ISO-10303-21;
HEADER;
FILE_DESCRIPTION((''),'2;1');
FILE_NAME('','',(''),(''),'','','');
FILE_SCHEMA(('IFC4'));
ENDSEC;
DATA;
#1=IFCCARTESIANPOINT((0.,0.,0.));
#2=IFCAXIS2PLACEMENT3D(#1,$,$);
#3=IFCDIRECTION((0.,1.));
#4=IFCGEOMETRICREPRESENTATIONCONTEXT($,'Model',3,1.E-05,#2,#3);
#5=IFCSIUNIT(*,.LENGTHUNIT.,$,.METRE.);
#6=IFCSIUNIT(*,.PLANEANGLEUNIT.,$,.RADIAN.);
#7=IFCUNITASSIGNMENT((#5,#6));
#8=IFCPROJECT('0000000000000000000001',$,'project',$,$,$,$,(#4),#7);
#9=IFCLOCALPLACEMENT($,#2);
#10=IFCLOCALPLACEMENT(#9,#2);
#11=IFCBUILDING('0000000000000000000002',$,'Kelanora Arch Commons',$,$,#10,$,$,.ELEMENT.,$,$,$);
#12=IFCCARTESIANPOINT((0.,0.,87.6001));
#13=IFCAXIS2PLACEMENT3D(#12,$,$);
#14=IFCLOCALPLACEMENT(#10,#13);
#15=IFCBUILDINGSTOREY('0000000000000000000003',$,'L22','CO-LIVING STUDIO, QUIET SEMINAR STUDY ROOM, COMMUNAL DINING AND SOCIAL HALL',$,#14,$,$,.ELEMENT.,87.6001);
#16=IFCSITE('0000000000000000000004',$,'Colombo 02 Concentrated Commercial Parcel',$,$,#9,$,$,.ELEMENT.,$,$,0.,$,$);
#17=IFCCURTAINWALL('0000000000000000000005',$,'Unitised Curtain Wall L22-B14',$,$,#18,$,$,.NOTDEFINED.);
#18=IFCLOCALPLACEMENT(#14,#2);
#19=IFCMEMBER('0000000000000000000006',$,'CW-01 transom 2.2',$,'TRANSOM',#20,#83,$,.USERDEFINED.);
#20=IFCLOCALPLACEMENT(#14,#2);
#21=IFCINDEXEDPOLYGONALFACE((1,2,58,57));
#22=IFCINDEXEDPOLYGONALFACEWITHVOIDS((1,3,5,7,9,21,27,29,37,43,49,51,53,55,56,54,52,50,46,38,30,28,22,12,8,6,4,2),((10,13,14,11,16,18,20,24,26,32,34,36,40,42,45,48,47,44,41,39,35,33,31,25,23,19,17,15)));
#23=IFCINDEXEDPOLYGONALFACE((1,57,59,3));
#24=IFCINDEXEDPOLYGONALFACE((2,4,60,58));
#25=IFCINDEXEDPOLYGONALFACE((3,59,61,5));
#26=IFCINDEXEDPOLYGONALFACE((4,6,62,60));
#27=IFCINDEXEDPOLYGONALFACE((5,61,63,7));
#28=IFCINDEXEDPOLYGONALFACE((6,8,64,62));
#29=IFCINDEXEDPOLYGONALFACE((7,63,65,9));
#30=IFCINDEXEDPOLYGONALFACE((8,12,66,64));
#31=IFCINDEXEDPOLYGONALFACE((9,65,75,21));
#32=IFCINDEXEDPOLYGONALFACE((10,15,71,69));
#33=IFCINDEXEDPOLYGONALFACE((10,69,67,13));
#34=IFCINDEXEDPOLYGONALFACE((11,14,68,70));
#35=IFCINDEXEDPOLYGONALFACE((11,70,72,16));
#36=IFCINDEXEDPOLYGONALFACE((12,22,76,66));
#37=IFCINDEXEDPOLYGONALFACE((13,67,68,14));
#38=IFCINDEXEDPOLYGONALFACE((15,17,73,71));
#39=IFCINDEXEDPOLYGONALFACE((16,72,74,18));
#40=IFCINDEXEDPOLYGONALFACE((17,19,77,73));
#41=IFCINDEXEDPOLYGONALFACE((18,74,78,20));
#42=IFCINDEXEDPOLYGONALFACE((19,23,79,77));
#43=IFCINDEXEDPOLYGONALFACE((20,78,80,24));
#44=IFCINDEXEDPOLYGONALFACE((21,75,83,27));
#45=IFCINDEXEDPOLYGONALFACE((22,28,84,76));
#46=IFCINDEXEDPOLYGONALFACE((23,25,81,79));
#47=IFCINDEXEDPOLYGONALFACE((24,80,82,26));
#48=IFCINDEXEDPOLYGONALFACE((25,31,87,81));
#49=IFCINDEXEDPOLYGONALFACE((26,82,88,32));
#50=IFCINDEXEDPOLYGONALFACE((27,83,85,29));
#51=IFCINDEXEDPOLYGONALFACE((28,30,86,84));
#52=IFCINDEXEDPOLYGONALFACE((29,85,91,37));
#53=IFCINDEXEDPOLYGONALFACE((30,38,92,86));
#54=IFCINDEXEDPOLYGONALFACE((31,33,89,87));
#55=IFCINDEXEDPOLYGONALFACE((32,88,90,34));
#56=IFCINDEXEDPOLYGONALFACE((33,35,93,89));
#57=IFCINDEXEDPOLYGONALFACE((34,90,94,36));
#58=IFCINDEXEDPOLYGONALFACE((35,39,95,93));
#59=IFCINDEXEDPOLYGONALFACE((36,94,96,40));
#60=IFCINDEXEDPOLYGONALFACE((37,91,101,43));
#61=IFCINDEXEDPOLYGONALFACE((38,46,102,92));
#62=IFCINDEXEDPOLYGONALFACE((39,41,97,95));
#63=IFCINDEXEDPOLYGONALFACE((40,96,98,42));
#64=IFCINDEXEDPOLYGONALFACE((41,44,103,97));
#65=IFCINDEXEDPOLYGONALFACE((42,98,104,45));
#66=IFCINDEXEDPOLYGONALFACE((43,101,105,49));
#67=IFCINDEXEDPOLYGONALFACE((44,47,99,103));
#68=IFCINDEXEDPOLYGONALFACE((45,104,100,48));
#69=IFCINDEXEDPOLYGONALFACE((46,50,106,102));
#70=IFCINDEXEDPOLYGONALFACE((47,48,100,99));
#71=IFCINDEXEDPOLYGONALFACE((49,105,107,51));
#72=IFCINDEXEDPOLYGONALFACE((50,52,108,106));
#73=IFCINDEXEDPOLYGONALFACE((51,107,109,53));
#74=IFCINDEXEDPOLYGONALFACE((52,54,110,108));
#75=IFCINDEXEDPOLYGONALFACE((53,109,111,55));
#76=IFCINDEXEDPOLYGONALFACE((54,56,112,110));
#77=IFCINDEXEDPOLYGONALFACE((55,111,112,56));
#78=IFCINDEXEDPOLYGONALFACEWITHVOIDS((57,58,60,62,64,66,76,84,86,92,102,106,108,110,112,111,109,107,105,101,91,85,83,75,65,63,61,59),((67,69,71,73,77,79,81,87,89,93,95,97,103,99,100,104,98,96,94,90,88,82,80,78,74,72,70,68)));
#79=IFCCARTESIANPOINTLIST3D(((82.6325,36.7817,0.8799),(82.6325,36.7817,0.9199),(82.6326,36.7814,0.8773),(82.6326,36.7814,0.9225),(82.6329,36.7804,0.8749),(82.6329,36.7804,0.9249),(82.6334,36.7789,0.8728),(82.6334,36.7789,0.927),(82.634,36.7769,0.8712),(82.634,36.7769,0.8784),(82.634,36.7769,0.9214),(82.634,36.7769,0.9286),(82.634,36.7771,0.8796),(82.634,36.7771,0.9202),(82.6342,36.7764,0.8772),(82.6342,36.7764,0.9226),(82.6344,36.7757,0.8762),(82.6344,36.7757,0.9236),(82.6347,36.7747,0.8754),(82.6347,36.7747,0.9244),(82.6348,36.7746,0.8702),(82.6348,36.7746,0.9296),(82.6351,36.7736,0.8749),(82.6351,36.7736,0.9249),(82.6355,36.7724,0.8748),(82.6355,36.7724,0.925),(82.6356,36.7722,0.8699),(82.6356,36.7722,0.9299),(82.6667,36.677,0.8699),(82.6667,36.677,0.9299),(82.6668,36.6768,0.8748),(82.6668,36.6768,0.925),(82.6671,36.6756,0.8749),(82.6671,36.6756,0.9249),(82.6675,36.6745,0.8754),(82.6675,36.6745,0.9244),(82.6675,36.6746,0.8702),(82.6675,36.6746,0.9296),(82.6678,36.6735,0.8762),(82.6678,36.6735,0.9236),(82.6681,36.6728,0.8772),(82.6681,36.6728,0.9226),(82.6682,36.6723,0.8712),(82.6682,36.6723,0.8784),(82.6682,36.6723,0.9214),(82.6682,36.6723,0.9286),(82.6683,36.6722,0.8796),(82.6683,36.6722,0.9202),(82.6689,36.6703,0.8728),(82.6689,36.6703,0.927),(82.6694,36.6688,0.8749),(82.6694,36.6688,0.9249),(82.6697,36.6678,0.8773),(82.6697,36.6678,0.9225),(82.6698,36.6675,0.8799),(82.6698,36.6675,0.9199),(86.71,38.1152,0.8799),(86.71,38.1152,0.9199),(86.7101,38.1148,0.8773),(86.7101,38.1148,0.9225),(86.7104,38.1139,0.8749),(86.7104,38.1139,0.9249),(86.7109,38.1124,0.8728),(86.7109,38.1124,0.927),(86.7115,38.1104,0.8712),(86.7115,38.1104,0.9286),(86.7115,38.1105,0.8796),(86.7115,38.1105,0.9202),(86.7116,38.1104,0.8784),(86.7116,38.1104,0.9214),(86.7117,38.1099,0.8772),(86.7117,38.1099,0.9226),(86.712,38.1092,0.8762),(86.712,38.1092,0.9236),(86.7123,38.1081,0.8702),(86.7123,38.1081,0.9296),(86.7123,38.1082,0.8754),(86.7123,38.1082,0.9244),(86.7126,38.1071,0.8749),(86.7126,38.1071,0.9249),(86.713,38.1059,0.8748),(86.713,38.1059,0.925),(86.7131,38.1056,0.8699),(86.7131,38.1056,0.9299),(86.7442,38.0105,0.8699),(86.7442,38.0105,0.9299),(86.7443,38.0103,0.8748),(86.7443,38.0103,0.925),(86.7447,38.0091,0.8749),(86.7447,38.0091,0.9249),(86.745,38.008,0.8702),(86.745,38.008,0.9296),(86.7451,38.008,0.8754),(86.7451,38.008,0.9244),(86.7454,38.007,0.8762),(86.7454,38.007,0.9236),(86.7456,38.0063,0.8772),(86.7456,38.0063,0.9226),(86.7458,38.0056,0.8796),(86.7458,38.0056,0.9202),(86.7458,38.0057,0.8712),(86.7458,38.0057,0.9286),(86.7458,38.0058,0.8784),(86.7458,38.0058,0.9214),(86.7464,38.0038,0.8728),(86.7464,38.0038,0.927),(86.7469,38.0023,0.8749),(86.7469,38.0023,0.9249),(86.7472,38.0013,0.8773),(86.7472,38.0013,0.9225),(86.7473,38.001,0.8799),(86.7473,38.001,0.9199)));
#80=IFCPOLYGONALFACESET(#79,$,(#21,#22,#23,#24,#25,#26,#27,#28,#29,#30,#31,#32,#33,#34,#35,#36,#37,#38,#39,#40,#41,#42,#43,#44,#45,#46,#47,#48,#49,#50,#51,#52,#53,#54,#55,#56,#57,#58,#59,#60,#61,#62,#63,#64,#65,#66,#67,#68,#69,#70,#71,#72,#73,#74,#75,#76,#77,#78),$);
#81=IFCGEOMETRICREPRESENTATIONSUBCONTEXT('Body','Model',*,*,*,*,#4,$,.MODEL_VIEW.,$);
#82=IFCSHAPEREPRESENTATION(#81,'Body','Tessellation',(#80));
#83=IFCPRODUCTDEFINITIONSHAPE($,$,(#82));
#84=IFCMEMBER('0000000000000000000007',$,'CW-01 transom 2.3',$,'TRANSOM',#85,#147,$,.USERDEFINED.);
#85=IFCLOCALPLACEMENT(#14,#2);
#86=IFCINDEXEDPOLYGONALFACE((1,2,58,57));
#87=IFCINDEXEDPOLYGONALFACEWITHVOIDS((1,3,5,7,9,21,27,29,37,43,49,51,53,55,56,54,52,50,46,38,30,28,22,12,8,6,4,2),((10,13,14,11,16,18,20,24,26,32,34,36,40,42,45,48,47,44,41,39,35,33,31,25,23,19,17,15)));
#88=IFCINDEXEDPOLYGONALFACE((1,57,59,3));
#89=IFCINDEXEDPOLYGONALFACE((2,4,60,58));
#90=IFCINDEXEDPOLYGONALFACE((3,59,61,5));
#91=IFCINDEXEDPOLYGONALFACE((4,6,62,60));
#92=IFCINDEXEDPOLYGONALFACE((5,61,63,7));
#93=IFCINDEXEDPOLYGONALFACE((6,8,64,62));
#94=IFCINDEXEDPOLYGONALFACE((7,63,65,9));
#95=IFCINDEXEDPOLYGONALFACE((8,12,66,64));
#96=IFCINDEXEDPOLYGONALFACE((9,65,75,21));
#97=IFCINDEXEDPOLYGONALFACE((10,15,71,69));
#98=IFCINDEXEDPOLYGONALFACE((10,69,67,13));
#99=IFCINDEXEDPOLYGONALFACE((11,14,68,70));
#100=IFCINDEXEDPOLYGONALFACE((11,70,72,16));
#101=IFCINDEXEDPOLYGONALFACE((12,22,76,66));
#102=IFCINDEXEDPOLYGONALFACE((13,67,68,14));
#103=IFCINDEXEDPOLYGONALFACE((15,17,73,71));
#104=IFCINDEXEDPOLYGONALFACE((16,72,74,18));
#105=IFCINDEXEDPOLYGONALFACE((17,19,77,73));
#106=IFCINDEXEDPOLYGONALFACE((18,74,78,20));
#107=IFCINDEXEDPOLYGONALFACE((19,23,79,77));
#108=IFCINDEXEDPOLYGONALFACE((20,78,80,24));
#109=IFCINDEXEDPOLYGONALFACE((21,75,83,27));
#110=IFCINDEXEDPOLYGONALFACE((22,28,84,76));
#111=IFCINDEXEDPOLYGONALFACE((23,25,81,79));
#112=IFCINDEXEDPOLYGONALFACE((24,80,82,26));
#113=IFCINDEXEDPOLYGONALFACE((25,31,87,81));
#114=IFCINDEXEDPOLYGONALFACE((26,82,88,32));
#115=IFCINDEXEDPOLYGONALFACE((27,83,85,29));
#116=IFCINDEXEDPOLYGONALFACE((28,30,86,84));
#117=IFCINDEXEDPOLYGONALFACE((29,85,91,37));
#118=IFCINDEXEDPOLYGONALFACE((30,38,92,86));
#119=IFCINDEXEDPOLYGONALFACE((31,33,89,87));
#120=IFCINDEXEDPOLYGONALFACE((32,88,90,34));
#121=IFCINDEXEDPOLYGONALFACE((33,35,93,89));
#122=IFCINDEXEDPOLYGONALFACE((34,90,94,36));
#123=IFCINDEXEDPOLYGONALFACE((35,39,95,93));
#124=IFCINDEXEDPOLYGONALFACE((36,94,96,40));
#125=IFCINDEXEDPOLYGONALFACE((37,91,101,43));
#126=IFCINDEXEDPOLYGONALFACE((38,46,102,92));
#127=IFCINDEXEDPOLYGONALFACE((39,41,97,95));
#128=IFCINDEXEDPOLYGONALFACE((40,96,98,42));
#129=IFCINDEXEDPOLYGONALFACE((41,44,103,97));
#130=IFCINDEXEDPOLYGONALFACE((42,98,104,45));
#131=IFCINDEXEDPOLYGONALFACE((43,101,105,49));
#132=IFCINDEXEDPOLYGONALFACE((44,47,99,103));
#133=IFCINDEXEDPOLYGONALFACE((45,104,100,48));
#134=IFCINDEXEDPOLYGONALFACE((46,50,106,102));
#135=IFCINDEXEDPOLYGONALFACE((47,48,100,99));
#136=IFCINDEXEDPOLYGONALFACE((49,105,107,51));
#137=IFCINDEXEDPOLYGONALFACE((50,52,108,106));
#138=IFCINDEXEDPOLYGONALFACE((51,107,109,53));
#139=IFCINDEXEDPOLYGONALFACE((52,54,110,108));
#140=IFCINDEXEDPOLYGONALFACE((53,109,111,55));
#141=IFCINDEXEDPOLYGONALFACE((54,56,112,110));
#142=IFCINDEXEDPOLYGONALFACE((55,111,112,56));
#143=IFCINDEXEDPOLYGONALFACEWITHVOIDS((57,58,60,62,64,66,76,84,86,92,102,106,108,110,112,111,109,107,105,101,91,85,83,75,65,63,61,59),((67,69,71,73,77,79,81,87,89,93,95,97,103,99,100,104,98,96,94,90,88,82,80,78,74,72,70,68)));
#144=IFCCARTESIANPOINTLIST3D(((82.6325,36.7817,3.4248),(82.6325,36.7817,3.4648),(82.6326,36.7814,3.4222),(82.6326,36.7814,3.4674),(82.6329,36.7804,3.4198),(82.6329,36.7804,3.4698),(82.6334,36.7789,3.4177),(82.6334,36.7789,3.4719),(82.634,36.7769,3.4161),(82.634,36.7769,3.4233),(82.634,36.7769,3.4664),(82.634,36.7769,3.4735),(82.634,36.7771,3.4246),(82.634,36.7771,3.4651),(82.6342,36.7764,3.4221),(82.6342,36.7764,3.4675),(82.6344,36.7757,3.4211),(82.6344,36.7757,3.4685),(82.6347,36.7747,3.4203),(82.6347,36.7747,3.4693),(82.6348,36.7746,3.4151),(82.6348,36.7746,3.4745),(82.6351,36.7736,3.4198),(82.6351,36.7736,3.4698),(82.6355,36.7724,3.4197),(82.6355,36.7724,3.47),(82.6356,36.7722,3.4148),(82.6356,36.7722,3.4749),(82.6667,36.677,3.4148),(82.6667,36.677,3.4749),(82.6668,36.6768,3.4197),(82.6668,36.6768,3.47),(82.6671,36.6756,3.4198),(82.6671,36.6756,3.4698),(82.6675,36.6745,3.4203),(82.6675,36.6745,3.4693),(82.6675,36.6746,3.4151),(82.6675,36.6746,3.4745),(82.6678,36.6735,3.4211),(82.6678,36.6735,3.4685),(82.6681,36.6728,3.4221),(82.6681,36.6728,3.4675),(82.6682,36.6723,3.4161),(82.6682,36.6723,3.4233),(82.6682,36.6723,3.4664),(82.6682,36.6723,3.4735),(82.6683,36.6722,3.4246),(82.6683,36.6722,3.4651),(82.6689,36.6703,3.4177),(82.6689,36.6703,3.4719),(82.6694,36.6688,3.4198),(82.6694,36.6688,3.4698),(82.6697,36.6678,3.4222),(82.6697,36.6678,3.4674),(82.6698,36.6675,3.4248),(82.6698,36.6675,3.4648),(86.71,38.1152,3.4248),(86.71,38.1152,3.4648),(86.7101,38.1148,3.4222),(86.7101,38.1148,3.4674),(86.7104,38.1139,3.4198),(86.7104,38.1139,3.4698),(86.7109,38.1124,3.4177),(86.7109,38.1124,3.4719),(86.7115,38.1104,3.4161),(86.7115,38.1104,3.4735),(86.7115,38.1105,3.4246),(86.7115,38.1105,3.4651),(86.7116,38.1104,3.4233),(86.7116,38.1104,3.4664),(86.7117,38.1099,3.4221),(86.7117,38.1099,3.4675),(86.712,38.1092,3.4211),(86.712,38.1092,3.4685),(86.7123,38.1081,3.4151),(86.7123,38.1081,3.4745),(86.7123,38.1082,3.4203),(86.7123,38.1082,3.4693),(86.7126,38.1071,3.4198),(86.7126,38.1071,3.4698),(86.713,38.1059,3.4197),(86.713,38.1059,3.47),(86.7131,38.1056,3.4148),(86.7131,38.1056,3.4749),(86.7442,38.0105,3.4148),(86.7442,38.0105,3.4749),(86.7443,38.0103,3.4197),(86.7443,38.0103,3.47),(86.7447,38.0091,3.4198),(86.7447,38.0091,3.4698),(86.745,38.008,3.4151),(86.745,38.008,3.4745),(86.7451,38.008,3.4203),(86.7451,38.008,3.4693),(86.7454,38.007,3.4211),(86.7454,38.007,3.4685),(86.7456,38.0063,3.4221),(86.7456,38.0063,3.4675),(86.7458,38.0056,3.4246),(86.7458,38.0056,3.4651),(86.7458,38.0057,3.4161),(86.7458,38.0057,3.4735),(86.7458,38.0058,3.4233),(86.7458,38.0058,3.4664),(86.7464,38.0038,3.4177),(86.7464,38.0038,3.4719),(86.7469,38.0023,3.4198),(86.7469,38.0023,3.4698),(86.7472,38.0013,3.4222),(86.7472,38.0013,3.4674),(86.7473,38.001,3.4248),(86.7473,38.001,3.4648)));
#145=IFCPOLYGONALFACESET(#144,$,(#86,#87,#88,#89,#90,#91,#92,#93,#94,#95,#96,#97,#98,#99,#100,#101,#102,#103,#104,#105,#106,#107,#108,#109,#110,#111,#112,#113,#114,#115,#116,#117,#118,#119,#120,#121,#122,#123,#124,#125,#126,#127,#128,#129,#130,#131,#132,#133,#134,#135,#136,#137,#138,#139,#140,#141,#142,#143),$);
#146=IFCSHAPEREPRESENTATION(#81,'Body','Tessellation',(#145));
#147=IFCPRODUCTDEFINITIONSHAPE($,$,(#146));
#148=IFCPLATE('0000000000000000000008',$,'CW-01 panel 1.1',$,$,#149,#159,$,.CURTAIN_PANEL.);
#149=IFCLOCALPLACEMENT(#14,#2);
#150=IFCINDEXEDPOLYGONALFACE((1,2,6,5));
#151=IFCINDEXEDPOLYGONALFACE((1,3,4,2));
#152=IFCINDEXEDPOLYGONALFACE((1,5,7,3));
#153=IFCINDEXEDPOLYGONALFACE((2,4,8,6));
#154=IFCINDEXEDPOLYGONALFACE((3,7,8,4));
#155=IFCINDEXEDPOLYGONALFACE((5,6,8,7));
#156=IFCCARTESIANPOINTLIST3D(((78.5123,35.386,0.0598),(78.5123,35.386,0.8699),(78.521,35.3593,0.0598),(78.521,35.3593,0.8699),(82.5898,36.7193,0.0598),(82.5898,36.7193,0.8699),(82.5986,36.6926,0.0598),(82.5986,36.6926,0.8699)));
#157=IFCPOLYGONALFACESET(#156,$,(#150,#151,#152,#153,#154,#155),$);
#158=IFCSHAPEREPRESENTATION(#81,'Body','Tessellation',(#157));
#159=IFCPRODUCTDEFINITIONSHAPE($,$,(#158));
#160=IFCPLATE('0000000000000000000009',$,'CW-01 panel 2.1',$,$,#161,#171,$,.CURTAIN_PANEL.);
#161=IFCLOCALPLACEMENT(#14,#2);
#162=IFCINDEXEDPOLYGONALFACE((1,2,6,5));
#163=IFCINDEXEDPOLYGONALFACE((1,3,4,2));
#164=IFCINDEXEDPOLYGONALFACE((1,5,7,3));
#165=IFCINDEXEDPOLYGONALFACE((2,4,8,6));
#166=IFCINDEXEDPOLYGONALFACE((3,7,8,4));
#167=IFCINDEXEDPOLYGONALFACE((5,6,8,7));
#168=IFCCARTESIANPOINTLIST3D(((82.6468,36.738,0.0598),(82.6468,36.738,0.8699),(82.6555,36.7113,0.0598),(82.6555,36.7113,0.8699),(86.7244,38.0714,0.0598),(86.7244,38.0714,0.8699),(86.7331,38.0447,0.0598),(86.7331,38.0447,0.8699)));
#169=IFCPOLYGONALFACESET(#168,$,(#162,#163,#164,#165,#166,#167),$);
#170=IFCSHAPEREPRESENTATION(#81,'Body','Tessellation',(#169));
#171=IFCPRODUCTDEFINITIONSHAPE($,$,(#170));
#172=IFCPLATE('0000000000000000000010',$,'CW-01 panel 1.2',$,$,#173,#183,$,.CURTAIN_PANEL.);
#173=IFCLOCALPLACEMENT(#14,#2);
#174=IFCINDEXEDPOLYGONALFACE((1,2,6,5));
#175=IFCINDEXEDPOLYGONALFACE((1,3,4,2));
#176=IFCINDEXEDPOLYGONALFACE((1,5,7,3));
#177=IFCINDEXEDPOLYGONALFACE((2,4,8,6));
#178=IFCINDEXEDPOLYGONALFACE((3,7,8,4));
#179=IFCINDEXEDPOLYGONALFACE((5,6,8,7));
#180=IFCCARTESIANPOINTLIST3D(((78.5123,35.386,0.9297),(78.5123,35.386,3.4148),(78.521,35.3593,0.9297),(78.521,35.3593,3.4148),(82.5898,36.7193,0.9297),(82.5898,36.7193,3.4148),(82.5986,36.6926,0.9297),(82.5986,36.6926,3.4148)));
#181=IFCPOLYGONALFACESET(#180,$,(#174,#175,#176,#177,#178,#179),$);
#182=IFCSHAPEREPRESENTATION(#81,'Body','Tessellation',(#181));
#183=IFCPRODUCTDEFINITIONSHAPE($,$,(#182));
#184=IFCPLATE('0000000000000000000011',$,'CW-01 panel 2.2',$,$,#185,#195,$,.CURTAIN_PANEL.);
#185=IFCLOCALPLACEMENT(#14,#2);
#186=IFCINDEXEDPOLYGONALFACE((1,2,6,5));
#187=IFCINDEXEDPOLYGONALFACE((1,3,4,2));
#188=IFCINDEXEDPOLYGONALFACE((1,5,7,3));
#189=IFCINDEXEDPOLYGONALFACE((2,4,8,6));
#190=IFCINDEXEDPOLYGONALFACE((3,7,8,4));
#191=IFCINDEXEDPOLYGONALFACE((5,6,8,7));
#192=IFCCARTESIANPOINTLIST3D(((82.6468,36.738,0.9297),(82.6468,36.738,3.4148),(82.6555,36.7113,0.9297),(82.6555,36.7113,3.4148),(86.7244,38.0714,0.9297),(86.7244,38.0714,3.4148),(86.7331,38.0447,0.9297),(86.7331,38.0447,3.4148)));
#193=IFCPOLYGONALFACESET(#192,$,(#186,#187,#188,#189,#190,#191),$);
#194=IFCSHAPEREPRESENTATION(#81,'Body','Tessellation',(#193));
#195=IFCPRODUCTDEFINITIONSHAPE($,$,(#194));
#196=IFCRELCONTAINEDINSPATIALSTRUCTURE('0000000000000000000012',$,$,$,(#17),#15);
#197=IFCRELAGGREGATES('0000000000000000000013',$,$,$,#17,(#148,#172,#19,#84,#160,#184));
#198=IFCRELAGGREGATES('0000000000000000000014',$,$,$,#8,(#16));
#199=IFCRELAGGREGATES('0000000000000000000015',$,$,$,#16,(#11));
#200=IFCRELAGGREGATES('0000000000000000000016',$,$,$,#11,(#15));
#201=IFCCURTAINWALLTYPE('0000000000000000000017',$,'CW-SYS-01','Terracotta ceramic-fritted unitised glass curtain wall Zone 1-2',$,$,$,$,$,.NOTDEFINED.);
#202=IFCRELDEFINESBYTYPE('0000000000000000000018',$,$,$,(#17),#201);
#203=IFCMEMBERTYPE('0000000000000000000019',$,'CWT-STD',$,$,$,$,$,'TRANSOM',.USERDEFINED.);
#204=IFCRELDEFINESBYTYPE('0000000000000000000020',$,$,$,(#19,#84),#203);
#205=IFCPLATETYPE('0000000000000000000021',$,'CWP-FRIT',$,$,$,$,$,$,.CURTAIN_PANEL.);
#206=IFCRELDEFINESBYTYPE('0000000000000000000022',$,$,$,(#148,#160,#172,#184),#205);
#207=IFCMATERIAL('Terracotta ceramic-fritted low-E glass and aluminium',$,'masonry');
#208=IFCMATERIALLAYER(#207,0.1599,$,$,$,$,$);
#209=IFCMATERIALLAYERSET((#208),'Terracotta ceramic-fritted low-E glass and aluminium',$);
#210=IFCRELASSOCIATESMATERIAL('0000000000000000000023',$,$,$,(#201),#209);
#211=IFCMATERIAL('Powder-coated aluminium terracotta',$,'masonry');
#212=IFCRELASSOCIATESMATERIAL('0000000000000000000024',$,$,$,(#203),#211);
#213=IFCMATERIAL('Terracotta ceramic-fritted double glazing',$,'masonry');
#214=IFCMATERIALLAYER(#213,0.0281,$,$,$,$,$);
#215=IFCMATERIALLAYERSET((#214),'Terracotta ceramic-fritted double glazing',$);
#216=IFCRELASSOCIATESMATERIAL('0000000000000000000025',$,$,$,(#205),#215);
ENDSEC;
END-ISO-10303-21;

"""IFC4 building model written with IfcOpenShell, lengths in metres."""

from ifc_helpers import new_model, si_unit, direction, frame, origin, origin_2d, place, context, subcontext, project, spatial, rectangle, hollow_rectangle, extrude, source, transform, mapped, material, layer, layer_set, material_profile, profile_set, type_object, element, aggregate, save


model = new_model("IFC4")

# Units and contexts
model_context = context("Model", 3, precision=1e-05, world=origin(), true_north=direction((0.0, 1.0)))
body_context = subcontext(model_context, "Body", "Model", "MODEL_VIEW")
ifc_project = project(units=[si_unit("LENGTHUNIT", "METRE"), si_unit("PLANEANGLEUNIT", "RADIAN")], contexts=[model_context])

# Site, building, storey
site_placement = place(None, origin())
site = spatial("IfcSite", under=ifc_project, at=site_placement, Name="Colombo 02 Concentrated Commercial Parcel", CompositionType="ELEMENT", RefElevation=0.0)
building_placement = place(site_placement, origin())
building = spatial("IfcBuilding", under=site, at=building_placement, Name="Kelanora Arch Commons", CompositionType="ELEMENT")
storey_placement = place(building_placement, frame((0.0, 0.0, 87.6001)))
storey = spatial("IfcBuildingStorey", under=building, at=storey_placement, Name="L22", Description="CO-LIVING STUDIO, QUIET SEMINAR STUDY ROOM, COMMUNAL DINING AND SOCIAL HALL", CompositionType="ELEMENT", Elevation=87.6001)

# Curtain wall, members, plates
ifc_material_1 = material(Name="Terracotta ceramic-fritted low-E glass and aluminium", Category="masonry")
ifc_layer_1 = layer(ifc_material_1, 0.1599)
ifc_layer_set_1 = layer_set([ifc_layer_1], Name="Terracotta ceramic-fritted low-E glass and aluminium")
curtain_wall_type = type_object("IfcCurtainWallType", Name="CW-SYS-01", Description="Terracotta ceramic-fritted unitised glass curtain wall Zone 1-2", PredefinedType="NOTDEFINED", material=ifc_layer_set_1)
curtain_wall_placement = place(storey_placement, origin())
curtain_wall = element("IfcCurtainWall", 1, at=curtain_wall_placement, inside=storey, type_object=curtain_wall_type, Name="Unitised Curtain Wall L22-B14", PredefinedType="NOTDEFINED")
ifc_material_2 = material(Name="Powder-coated aluminium terracotta", Category="masonry")
ifc_material_profile_1 = material_profile(ifc_material_2, hollow_rectangle(XDim=0.1201, YDim=0.0601, WallThickness=0.0049, InnerFilletRadius=0.0049, OuterFilletRadius=0.01, at=origin_2d()), Name="CWT120x60")
ifc_profile_set_1 = profile_set([ifc_material_profile_1], Name="Powder-coated aluminium terracotta")
member_type_1 = type_object("IfcMemberType", Name="CWT-STD", ElementType="TRANSOM", PredefinedType="USERDEFINED", material=ifc_profile_set_1)
member_1_placement = place(storey_placement, frame((82.6511, 36.7246, 0.8999), z_axis=(0.950466, 0.310828, 0.0), x_axis=(-0.310828, 0.950466, 0.0)))
member_1 = element("IfcMember", 2, at=member_1_placement, type_object=member_type_1, Name="CW-01 transom 2.2", ObjectType="TRANSOM", PredefinedType="USERDEFINED", context=body_context, shape_type="SweptSolid", body=[
    extrude(hollow_rectangle(XDim=0.1201, YDim=0.0601, WallThickness=0.0049, InnerFilletRadius=0.0049, OuterFilletRadius=0.01, at=origin_2d()), origin(), (0.0, 0.0, 1.0), 4.29),
])
member_2_placement = place(storey_placement, frame((82.6511, 36.7246, 3.4448), z_axis=(0.950466, 0.310828, 0.0), x_axis=(-0.310828, 0.950466, 0.0)))
member_2 = element("IfcMember", 3, at=member_2_placement, type_object=member_type_1, Name="CW-01 transom 2.3", ObjectType="TRANSOM", PredefinedType="USERDEFINED", context=body_context, shape_type="SweptSolid", body=[
    extrude(hollow_rectangle(XDim=0.1201, YDim=0.0601, WallThickness=0.0049, InnerFilletRadius=0.0049, OuterFilletRadius=0.01, at=origin_2d()), origin(), (0.0, 0.0, 1.0), 4.29),
])
ifc_material_3 = material(Name="Terracotta ceramic-fritted double glazing", Category="masonry")
ifc_layer_2 = layer(ifc_material_3, 0.0281)
ifc_layer_set_2 = layer_set([ifc_layer_2], Name="Terracotta ceramic-fritted double glazing")
plate_type = type_object("IfcPlateType", Name="CWP-FRIT", PredefinedType="CURTAIN_PANEL", material=ifc_layer_set_2)
shared_shape_1 = source(origin(), body_context, "Body", "SweptSolid", [
    extrude(rectangle(XDim=4.29, YDim=0.0281, at=origin_2d()), origin(), (0.0, 0.0, 1.0), 0.8101),
])
plate_1_placement = place(storey_placement, frame((80.5554, 36.0393, 0.0598), z_axis=(0.0, 0.0, 1.0), x_axis=(0.950474, 0.310805, 0.0)))
plate_1 = element("IfcPlate", 4, at=plate_1_placement, type_object=plate_type, Name="CW-01 panel 1.1", PredefinedType="CURTAIN_PANEL", context=body_context, shape_type="MappedRepresentation", body=[
    mapped(shared_shape_1, transform((0.0, 0.0, 0.0), scale=1.0)),
])
plate_2_placement = place(storey_placement, frame((84.6899, 37.3914, 0.0598), z_axis=(0.0, 0.0, 1.0), x_axis=(0.950474, 0.310805, 0.0)))
plate_2 = element("IfcPlate", 5, at=plate_2_placement, type_object=plate_type, Name="CW-01 panel 2.1", PredefinedType="CURTAIN_PANEL", context=body_context, shape_type="MappedRepresentation", body=[
    mapped(shared_shape_1, transform((0.0, 0.0, 0.0), scale=1.0)),
])
shared_shape_2 = source(origin(), body_context, "Body", "SweptSolid", [
    extrude(rectangle(XDim=4.29, YDim=0.0281, at=origin_2d()), origin(), (0.0, 0.0, 1.0), 2.4851),
])
plate_3_placement = place(storey_placement, frame((80.5554, 36.0393, 0.9297), z_axis=(0.0, 0.0, 1.0), x_axis=(0.950474, 0.310805, 0.0)))
plate_3 = element("IfcPlate", 6, at=plate_3_placement, type_object=plate_type, Name="CW-01 panel 1.2", PredefinedType="CURTAIN_PANEL", context=body_context, shape_type="MappedRepresentation", body=[
    mapped(shared_shape_2, transform((0.0, 0.0, 0.0), scale=1.0)),
])
plate_4_placement = place(storey_placement, frame((84.6899, 37.3914, 0.9297), z_axis=(0.0, 0.0, 1.0), x_axis=(0.950474, 0.310805, 0.0)))
plate_4 = element("IfcPlate", 7, at=plate_4_placement, type_object=plate_type, Name="CW-01 panel 2.2", PredefinedType="CURTAIN_PANEL", context=body_context, shape_type="MappedRepresentation", body=[
    mapped(shared_shape_2, transform((0.0, 0.0, 0.0), scale=1.0)),
])
aggregate(curtain_wall, [plate_1, plate_3, member_1, member_2, plate_2, plate_4])

save(model, "model.ifc")
